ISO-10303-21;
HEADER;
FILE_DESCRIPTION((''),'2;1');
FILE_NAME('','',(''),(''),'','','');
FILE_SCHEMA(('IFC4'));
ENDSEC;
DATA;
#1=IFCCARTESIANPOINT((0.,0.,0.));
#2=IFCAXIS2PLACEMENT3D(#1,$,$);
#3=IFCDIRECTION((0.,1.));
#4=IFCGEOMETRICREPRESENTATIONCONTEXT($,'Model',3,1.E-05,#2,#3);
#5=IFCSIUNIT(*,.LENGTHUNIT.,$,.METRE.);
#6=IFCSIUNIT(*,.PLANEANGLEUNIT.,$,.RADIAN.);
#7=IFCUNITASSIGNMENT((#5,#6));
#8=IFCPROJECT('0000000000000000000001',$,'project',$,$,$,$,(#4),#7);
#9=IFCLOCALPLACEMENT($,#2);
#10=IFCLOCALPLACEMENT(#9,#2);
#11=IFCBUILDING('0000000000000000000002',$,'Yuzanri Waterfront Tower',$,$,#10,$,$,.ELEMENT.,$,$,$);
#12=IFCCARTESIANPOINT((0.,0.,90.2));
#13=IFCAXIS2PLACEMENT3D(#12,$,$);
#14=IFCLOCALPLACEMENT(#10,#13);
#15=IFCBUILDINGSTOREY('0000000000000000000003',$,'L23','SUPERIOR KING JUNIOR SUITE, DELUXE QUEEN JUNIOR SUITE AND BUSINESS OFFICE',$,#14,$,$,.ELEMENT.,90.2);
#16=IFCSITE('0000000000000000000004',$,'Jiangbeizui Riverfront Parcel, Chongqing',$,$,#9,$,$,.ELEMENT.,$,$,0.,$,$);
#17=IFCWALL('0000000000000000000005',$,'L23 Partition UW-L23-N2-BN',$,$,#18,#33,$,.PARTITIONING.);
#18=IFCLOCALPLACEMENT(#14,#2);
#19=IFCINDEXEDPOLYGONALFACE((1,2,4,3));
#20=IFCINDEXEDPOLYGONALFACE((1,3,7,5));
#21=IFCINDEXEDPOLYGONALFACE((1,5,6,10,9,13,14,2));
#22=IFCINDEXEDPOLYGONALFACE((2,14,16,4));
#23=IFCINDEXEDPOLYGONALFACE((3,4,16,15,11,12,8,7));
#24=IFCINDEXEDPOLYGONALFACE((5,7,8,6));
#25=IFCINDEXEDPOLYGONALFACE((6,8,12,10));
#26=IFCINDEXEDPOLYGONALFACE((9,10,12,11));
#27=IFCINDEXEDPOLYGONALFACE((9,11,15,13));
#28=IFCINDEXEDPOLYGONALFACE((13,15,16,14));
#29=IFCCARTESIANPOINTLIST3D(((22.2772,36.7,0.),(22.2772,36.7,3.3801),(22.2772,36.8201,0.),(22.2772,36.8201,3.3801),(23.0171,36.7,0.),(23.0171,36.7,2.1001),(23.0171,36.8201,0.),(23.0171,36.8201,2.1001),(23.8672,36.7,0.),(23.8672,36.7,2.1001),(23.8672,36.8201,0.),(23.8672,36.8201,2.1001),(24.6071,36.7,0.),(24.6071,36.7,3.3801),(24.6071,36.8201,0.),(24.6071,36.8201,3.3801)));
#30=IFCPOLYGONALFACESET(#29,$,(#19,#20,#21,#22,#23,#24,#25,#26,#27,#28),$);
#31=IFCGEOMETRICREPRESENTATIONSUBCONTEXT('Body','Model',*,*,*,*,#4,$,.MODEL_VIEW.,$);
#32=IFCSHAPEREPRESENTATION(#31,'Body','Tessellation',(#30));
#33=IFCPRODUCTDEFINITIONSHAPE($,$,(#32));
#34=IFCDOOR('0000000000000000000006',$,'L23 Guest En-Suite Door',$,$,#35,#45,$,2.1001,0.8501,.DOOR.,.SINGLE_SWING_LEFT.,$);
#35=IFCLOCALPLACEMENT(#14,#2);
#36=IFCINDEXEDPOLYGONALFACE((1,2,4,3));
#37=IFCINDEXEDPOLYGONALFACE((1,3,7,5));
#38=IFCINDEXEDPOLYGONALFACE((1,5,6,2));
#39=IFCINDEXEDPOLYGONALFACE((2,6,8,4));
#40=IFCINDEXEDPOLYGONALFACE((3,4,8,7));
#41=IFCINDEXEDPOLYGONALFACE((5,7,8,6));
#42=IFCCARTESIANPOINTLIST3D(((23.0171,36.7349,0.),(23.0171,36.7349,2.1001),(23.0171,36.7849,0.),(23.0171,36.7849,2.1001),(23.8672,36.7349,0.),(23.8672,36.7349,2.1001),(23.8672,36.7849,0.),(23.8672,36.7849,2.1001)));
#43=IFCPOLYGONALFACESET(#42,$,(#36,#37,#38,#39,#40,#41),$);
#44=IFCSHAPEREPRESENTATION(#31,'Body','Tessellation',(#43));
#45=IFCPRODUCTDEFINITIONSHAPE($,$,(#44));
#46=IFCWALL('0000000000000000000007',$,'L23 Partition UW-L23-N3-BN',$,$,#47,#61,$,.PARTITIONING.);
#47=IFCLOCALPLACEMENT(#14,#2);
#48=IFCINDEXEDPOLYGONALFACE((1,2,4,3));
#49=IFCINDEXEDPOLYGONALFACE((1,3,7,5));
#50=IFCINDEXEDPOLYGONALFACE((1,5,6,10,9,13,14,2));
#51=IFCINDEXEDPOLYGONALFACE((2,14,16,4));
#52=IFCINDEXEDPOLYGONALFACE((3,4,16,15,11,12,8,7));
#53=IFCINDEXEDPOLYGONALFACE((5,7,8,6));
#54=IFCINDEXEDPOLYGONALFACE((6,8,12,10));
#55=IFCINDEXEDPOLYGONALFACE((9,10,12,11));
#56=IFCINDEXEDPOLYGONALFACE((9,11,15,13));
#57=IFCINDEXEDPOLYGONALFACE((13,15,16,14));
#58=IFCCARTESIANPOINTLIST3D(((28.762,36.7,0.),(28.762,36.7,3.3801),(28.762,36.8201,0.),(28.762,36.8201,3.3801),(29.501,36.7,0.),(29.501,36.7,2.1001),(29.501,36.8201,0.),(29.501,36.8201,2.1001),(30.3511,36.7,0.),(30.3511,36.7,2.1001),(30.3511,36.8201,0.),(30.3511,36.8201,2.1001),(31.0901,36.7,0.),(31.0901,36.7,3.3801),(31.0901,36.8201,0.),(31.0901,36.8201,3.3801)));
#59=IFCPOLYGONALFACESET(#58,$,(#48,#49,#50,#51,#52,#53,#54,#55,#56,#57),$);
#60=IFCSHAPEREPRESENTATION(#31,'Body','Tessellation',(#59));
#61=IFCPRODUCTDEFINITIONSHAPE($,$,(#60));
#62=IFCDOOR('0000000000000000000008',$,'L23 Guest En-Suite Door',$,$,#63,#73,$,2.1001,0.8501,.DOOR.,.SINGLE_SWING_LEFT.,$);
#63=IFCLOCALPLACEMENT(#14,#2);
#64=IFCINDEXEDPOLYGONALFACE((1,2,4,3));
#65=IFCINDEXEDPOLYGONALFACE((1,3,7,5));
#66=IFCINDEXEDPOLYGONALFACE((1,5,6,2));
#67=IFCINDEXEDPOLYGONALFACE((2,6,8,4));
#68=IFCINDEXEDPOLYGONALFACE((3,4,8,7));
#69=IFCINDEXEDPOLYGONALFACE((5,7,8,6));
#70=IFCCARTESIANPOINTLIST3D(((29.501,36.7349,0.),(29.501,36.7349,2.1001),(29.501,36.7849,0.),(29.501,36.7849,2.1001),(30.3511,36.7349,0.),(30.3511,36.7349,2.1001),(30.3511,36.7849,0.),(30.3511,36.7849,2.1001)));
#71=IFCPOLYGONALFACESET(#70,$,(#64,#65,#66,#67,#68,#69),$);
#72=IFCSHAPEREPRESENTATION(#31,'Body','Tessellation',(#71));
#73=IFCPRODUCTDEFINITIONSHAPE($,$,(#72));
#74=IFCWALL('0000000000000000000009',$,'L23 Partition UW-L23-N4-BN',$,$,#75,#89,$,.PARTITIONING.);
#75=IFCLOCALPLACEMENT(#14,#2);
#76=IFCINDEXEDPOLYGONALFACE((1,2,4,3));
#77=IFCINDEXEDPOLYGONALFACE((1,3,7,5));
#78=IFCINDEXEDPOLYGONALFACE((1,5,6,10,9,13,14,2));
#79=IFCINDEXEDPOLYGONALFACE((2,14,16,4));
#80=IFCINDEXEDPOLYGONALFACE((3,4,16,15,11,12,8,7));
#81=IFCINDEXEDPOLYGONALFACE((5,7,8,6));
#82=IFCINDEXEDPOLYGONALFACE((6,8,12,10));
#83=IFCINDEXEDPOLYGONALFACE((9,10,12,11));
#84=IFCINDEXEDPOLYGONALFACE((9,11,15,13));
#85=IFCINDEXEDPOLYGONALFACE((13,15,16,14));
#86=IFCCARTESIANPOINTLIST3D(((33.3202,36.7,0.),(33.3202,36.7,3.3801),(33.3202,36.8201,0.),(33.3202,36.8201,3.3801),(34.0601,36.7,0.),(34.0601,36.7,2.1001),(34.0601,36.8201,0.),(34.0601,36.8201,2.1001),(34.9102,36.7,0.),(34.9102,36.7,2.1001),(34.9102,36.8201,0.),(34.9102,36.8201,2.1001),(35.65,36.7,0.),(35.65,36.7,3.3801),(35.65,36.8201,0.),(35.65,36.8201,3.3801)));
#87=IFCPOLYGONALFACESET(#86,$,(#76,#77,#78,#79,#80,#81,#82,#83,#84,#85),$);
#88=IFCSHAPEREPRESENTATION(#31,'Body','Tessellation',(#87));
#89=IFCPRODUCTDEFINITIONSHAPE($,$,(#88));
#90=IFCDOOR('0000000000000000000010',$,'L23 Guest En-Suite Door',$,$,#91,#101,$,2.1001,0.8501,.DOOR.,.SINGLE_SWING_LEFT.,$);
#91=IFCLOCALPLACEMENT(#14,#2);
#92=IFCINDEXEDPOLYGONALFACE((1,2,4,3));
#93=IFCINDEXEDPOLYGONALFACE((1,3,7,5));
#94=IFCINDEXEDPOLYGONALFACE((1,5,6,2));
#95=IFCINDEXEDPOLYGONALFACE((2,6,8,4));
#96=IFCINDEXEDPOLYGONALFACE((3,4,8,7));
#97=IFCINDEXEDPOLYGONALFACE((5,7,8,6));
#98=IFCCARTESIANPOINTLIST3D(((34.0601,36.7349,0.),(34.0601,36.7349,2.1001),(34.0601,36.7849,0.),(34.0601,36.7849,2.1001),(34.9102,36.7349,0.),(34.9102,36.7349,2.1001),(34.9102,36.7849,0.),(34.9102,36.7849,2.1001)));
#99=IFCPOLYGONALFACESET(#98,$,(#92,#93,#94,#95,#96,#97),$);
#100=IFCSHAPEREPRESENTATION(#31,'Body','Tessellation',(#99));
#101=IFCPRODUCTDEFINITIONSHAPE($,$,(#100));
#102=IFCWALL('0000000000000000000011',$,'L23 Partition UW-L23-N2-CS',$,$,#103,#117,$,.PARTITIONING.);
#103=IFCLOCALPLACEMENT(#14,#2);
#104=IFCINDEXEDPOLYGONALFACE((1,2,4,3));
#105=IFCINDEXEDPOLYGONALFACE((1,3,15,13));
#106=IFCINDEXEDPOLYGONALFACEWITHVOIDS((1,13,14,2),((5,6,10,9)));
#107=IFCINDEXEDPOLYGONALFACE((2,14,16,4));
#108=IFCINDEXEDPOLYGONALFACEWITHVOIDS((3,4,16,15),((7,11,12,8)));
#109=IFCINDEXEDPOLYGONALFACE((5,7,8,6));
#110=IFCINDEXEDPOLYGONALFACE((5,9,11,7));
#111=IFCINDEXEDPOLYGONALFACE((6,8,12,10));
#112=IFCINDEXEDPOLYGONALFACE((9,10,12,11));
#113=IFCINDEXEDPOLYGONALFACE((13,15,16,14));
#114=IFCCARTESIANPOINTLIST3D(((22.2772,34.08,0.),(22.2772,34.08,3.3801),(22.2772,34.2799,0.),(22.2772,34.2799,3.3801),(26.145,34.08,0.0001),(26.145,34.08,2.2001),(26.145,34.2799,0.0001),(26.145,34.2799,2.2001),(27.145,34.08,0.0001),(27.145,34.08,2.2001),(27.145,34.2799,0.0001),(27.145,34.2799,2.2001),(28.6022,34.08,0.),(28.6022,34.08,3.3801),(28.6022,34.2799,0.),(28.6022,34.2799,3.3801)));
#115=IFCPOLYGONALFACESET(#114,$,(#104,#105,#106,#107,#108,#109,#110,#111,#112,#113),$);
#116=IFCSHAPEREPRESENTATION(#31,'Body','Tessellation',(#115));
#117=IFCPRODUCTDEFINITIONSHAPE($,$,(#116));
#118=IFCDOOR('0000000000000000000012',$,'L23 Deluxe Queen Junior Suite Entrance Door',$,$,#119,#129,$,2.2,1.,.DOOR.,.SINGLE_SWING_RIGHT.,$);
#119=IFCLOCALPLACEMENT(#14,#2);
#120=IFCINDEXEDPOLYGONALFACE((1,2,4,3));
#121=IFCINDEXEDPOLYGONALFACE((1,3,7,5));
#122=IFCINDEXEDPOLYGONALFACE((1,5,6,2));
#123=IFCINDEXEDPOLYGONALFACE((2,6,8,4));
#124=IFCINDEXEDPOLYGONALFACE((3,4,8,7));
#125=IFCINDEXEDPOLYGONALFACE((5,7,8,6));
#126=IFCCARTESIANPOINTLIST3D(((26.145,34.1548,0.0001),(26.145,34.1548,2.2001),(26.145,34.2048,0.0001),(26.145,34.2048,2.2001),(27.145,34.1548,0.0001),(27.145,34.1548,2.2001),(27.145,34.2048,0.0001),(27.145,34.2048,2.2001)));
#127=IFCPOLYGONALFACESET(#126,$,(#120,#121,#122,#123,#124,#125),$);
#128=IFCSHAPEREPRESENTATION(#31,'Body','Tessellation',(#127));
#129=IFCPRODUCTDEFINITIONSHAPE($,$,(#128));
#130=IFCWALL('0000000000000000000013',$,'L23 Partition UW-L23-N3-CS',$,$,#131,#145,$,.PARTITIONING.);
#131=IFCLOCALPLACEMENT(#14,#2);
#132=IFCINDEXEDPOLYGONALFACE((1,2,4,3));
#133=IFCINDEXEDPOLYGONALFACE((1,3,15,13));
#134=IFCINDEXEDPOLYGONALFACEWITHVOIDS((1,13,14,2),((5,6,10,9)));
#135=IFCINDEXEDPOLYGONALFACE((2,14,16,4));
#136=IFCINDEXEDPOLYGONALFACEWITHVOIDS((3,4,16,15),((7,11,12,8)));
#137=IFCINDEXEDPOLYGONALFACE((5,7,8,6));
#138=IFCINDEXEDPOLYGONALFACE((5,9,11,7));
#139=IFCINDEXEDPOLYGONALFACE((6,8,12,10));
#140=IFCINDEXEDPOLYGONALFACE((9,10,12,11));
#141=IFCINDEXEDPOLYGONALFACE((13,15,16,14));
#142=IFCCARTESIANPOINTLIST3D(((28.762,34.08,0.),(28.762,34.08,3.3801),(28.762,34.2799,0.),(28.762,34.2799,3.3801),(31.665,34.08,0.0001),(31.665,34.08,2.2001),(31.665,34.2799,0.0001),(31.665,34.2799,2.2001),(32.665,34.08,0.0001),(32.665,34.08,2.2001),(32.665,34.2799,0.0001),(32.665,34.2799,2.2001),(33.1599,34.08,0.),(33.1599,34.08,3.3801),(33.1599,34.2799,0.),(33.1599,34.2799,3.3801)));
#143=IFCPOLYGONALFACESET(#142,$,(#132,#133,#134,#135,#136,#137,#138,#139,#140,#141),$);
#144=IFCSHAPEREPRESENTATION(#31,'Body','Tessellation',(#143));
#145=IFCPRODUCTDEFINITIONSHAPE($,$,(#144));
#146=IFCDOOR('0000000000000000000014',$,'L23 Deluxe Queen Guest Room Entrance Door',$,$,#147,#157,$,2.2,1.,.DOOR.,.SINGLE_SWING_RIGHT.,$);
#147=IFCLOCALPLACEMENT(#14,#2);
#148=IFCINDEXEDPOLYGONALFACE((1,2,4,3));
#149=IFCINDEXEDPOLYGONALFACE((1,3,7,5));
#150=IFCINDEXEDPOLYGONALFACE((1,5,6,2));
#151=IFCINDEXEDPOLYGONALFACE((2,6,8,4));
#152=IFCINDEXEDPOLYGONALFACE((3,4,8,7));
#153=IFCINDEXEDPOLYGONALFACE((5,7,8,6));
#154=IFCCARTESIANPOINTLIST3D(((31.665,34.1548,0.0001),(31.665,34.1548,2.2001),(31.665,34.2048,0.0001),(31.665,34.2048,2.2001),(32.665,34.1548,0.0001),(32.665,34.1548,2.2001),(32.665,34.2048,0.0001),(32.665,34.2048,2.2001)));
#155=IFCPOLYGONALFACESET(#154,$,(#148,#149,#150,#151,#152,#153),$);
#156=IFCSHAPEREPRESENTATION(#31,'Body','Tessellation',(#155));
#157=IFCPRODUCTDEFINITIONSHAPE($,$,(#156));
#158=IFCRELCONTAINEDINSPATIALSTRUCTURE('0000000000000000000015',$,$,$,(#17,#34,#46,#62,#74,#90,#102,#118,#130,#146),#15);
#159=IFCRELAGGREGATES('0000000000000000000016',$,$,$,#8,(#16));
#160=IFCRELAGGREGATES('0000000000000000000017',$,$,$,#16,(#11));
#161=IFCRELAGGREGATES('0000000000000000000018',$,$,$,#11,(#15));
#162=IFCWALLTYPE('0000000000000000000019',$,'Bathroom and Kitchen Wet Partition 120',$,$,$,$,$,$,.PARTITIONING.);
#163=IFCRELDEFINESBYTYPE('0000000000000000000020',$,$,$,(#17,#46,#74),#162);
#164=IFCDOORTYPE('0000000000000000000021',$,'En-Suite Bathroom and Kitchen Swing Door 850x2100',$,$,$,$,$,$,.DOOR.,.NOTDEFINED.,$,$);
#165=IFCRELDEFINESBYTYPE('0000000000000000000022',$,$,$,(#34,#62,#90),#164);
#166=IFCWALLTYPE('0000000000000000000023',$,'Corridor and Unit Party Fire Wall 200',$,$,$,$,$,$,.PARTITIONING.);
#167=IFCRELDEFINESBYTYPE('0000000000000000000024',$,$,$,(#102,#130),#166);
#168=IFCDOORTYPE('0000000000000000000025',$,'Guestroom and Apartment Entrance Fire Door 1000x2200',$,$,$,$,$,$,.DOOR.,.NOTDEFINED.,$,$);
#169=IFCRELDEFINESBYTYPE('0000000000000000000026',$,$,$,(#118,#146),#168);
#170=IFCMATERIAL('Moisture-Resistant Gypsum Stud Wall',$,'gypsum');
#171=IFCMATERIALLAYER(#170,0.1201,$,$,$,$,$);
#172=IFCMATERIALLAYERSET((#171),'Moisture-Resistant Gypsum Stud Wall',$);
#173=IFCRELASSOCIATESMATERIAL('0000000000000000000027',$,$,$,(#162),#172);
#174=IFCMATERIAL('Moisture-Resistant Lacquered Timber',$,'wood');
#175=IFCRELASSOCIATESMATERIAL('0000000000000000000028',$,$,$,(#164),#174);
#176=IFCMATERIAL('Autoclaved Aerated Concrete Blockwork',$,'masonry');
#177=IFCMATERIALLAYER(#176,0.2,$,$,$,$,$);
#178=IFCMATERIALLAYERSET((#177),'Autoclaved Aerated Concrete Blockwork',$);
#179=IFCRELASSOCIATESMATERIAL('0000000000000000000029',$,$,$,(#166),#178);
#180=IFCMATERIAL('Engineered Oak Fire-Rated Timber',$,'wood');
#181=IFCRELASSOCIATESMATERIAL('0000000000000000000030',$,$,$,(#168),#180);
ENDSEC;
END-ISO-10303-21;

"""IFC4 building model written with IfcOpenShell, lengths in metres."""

from ifc_helpers import new_model, si_unit, direction, frame, frame_2d, origin, place, context, subcontext, project, spatial, rectangle, extrude, source, transform, mapped, material, layer, layer_set, type_object, element, fill, save


model = new_model("IFC4")

# Units and contexts
model_context = context("Model", 3, precision=1e-05, world=origin(), true_north=direction((0.0, 1.0)))
body_context = subcontext(model_context, "Body", "Model", "MODEL_VIEW")
ifc_project = project(units=[si_unit("LENGTHUNIT", "METRE"), si_unit("PLANEANGLEUNIT", "RADIAN")], contexts=[model_context])

# Site, building, storey
site_placement = place(None, origin())
site = spatial("IfcSite", under=ifc_project, at=site_placement, Name="Jiangbeizui Riverfront Parcel, Chongqing", CompositionType="ELEMENT", RefElevation=0.0)
building_placement = place(site_placement, origin())
building = spatial("IfcBuilding", under=site, at=building_placement, Name="Yuzanri Waterfront Tower", CompositionType="ELEMENT")
storey_placement = place(building_placement, frame((0.0, 0.0, 90.2)))
storey = spatial("IfcBuildingStorey", under=building, at=storey_placement, Name="L23", Description="SUPERIOR KING JUNIOR SUITE, DELUXE QUEEN JUNIOR SUITE AND BUSINESS OFFICE", CompositionType="ELEMENT", Elevation=90.2)

# Walls, openings, doors
ifc_material_1 = material(Name="Moisture-Resistant Gypsum Stud Wall", Category="gypsum")
ifc_layer_1 = layer(ifc_material_1, 0.1201)
ifc_layer_set_1 = layer_set([ifc_layer_1], Name="Moisture-Resistant Gypsum Stud Wall")
wall_type_1 = type_object("IfcWallType", Name="Bathroom and Kitchen Wet Partition 120", PredefinedType="PARTITIONING", material=ifc_layer_set_1)
wall_1_placement = place(storey_placement, frame((22.2771, 36.76, 0.0), z_axis=(0.0, 0.0, 1.0), x_axis=(1.0, 0.0, 0.0)))
wall_1 = element("IfcWall", 1, at=wall_1_placement, inside=storey, type_object=wall_type_1, Name="L23 Partition UW-L23-N2-BN", PredefinedType="PARTITIONING", context=body_context, shape_type="SweptSolid", body=[
    extrude(rectangle(XDim=2.3298, YDim=0.1201, at=frame_2d((1.165, 0.0))), origin(), (0.0, 0.0, 1.0), 3.3801),
])
opening_1_placement = place(wall_1_placement, frame((0.74, 0.0, 0.0)))
opening_1 = element("IfcOpeningElement", 2, at=opening_1_placement, cuts=wall_1, PredefinedType="OPENING", context=body_context, shape_type="SweptSolid", body=[
    extrude(rectangle(XDim=0.8501, YDim=2.1001, at=frame_2d((0.425, 1.05))), frame((0.0, 0.075, 0.0), z_axis=(0.0, -1.0, 0.0), x_axis=(1.0, 0.0, 0.0)), (0.0, 0.0, 1.0), 0.1499),
])
ifc_material_2 = material(Name="Moisture-Resistant Lacquered Timber", Category="wood")
door_type_1 = type_object("IfcDoorType", Name="En-Suite Bathroom and Kitchen Swing Door 850x2100", OperationType="NOTDEFINED", PredefinedType="DOOR", material=ifc_material_2)
shared_shape_1 = source(origin(), body_context, "Body", "SweptSolid", [
    extrude(rectangle(XDim=0.8501, YDim=2.1001, at=frame_2d((0.425, 1.05))), frame((0.0, 0.0249, 0.0), z_axis=(0.0, -1.0, 0.0), x_axis=(1.0, 0.0, 0.0)), (0.0, 0.0, 1.0), 0.05),
])
door_1_placement = place(opening_1_placement, origin())
door_1 = element("IfcDoor", 3, at=door_1_placement, inside=storey, type_object=door_type_1, Name="L23 Guest En-Suite Door", OperationType="SINGLE_SWING_LEFT", OverallHeight=2.1001, OverallWidth=0.8501, PredefinedType="DOOR", context=body_context, shape_type="MappedRepresentation", body=[
    mapped(shared_shape_1, transform((0.0, 0.0, 0.0), scale=1.0)),
])
fill(opening_1, door_1)
wall_2_placement = place(storey_placement, frame((28.762, 36.76, 0.0), z_axis=(0.0, 0.0, 1.0), x_axis=(1.0, 0.0, 0.0)))
wall_2 = element("IfcWall", 4, at=wall_2_placement, inside=storey, type_object=wall_type_1, Name="L23 Partition UW-L23-N3-BN", PredefinedType="PARTITIONING", context=body_context, shape_type="SweptSolid", body=[
    extrude(rectangle(XDim=2.3281, YDim=0.1201, at=frame_2d((1.1641, 0.0))), origin(), (0.0, 0.0, 1.0), 3.3801),
])
opening_2_placement = place(wall_2_placement, frame((0.739, 0.0, 0.0)))
opening_2 = element("IfcOpeningElement", 5, at=opening_2_placement, cuts=wall_2, PredefinedType="OPENING", context=body_context, shape_type="SweptSolid", body=[
    extrude(rectangle(XDim=0.8501, YDim=2.1001, at=frame_2d((0.425, 1.05))), frame((0.0, 0.075, 0.0), z_axis=(0.0, -1.0, 0.0), x_axis=(1.0, 0.0, 0.0)), (0.0, 0.0, 1.0), 0.1499),
])
door_2_placement = place(opening_2_placement, origin())
door_2 = element("IfcDoor", 6, at=door_2_placement, inside=storey, type_object=door_type_1, Name="L23 Guest En-Suite Door", OperationType="SINGLE_SWING_LEFT", OverallHeight=2.1001, OverallWidth=0.8501, PredefinedType="DOOR", context=body_context, shape_type="MappedRepresentation", body=[
    mapped(shared_shape_1, transform((0.0, 0.0, 0.0), scale=1.0)),
])
fill(opening_2, door_2)
wall_3_placement = place(storey_placement, frame((33.3201, 36.76, 0.0), z_axis=(0.0, 0.0, 1.0), x_axis=(1.0, 0.0, 0.0)))
wall_3 = element("IfcWall", 7, at=wall_3_placement, inside=storey, type_object=wall_type_1, Name="L23 Partition UW-L23-N4-BN", PredefinedType="PARTITIONING", context=body_context, shape_type="SweptSolid", body=[
    extrude(rectangle(XDim=2.3298, YDim=0.1201, at=frame_2d((1.165, 0.0))), origin(), (0.0, 0.0, 1.0), 3.3801),
])
opening_3_placement = place(wall_3_placement, frame((0.74, 0.0, 0.0)))
opening_3 = element("IfcOpeningElement", 8, at=opening_3_placement, cuts=wall_3, PredefinedType="OPENING", context=body_context, shape_type="SweptSolid", body=[
    extrude(rectangle(XDim=0.8501, YDim=2.1001, at=frame_2d((0.425, 1.05))), frame((0.0, 0.075, 0.0), z_axis=(0.0, -1.0, 0.0), x_axis=(1.0, 0.0, 0.0)), (0.0, 0.0, 1.0), 0.1499),
])
door_3_placement = place(opening_3_placement, origin())
door_3 = element("IfcDoor", 9, at=door_3_placement, inside=storey, type_object=door_type_1, Name="L23 Guest En-Suite Door", OperationType="SINGLE_SWING_LEFT", OverallHeight=2.1001, OverallWidth=0.8501, PredefinedType="DOOR", context=body_context, shape_type="MappedRepresentation", body=[
    mapped(shared_shape_1, transform((0.0, 0.0, 0.0), scale=1.0)),
])
fill(opening_3, door_3)
ifc_material_3 = material(Name="Autoclaved Aerated Concrete Blockwork", Category="masonry")
ifc_layer_2 = layer(ifc_material_3, 0.2)
ifc_layer_set_2 = layer_set([ifc_layer_2], Name="Autoclaved Aerated Concrete Blockwork")
wall_type_2 = type_object("IfcWallType", Name="Corridor and Unit Party Fire Wall 200", PredefinedType="PARTITIONING", material=ifc_layer_set_2)
wall_4_placement = place(storey_placement, frame((22.2771, 34.1799, 0.0), z_axis=(0.0, 0.0, 1.0), x_axis=(1.0, 0.0, 0.0)))
wall_4 = element("IfcWall", 10, at=wall_4_placement, inside=storey, type_object=wall_type_2, Name="L23 Partition UW-L23-N2-CS", PredefinedType="PARTITIONING", context=body_context, shape_type="SweptSolid", body=[
    extrude(rectangle(XDim=6.325, YDim=0.2, at=frame_2d((3.1626, 0.0))), origin(), (0.0, 0.0, 1.0), 3.3801),
])
opening_4_placement = place(wall_4_placement, frame((3.8679, 0.0, 0.0)))
opening_4 = element("IfcOpeningElement", 11, at=opening_4_placement, cuts=wall_4, PredefinedType="OPENING", context=body_context, shape_type="SweptSolid", body=[
    extrude(rectangle(XDim=1.0, YDim=2.2, at=frame_2d((0.5, 1.1001))), frame((0.0, 0.1147, 0.0), z_axis=(0.0, -1.0, 0.0), x_axis=(1.0, 0.0, 0.0)), (0.0, 0.0, 1.0), 0.2297),
])
ifc_material_4 = material(Name="Engineered Oak Fire-Rated Timber", Category="wood")
door_type_2 = type_object("IfcDoorType", Name="Guestroom and Apartment Entrance Fire Door 1000x2200", OperationType="NOTDEFINED", PredefinedType="DOOR", material=ifc_material_4)
shared_shape_2 = source(origin(), body_context, "Body", "SweptSolid", [
    extrude(rectangle(XDim=1.0, YDim=2.2, at=frame_2d((0.5, 1.1001))), frame((0.0, 0.0249, 0.0), z_axis=(0.0, -1.0, 0.0), x_axis=(1.0, 0.0, 0.0)), (0.0, 0.0, 1.0), 0.05),
])
door_4_placement = place(opening_4_placement, origin())
door_4 = element("IfcDoor", 12, at=door_4_placement, inside=storey, type_object=door_type_2, Name="L23 Deluxe Queen Junior Suite Entrance Door", OperationType="SINGLE_SWING_RIGHT", OverallHeight=2.2, OverallWidth=1.0, PredefinedType="DOOR", context=body_context, shape_type="MappedRepresentation", body=[
    mapped(shared_shape_2, transform((0.0, 0.0, 0.0), scale=1.0)),
])
fill(opening_4, door_4)
wall_5_placement = place(storey_placement, frame((28.762, 34.1799, 0.0), z_axis=(0.0, 0.0, 1.0), x_axis=(1.0, 0.0, 0.0)))
wall_5 = element("IfcWall", 13, at=wall_5_placement, inside=storey, type_object=wall_type_2, Name="L23 Partition UW-L23-N3-CS", PredefinedType="PARTITIONING", context=body_context, shape_type="SweptSolid", body=[
    extrude(rectangle(XDim=4.3979, YDim=0.2, at=frame_2d((2.199, 0.0))), origin(), (0.0, 0.0, 1.0), 3.3801),
])
opening_5_placement = place(wall_5_placement, frame((2.9031, 0.0, 0.0)))
opening_5 = element("IfcOpeningElement", 14, at=opening_5_placement, cuts=wall_5, PredefinedType="OPENING", context=body_context, shape_type="SweptSolid", body=[
    extrude(rectangle(XDim=1.0, YDim=2.2, at=frame_2d((0.5, 1.1001))), frame((0.0, 0.1147, 0.0), z_axis=(0.0, -1.0, 0.0), x_axis=(1.0, 0.0, 0.0)), (0.0, 0.0, 1.0), 0.2297),
])
door_5_placement = place(opening_5_placement, origin())
door_5 = element("IfcDoor", 15, at=door_5_placement, inside=storey, type_object=door_type_2, Name="L23 Deluxe Queen Guest Room Entrance Door", OperationType="SINGLE_SWING_RIGHT", OverallHeight=2.2, OverallWidth=1.0, PredefinedType="DOOR", context=body_context, shape_type="MappedRepresentation", body=[
    mapped(shared_shape_2, transform((0.0, 0.0, 0.0), scale=1.0)),
])
fill(opening_5, door_5)

save(model, "model.ifc")
